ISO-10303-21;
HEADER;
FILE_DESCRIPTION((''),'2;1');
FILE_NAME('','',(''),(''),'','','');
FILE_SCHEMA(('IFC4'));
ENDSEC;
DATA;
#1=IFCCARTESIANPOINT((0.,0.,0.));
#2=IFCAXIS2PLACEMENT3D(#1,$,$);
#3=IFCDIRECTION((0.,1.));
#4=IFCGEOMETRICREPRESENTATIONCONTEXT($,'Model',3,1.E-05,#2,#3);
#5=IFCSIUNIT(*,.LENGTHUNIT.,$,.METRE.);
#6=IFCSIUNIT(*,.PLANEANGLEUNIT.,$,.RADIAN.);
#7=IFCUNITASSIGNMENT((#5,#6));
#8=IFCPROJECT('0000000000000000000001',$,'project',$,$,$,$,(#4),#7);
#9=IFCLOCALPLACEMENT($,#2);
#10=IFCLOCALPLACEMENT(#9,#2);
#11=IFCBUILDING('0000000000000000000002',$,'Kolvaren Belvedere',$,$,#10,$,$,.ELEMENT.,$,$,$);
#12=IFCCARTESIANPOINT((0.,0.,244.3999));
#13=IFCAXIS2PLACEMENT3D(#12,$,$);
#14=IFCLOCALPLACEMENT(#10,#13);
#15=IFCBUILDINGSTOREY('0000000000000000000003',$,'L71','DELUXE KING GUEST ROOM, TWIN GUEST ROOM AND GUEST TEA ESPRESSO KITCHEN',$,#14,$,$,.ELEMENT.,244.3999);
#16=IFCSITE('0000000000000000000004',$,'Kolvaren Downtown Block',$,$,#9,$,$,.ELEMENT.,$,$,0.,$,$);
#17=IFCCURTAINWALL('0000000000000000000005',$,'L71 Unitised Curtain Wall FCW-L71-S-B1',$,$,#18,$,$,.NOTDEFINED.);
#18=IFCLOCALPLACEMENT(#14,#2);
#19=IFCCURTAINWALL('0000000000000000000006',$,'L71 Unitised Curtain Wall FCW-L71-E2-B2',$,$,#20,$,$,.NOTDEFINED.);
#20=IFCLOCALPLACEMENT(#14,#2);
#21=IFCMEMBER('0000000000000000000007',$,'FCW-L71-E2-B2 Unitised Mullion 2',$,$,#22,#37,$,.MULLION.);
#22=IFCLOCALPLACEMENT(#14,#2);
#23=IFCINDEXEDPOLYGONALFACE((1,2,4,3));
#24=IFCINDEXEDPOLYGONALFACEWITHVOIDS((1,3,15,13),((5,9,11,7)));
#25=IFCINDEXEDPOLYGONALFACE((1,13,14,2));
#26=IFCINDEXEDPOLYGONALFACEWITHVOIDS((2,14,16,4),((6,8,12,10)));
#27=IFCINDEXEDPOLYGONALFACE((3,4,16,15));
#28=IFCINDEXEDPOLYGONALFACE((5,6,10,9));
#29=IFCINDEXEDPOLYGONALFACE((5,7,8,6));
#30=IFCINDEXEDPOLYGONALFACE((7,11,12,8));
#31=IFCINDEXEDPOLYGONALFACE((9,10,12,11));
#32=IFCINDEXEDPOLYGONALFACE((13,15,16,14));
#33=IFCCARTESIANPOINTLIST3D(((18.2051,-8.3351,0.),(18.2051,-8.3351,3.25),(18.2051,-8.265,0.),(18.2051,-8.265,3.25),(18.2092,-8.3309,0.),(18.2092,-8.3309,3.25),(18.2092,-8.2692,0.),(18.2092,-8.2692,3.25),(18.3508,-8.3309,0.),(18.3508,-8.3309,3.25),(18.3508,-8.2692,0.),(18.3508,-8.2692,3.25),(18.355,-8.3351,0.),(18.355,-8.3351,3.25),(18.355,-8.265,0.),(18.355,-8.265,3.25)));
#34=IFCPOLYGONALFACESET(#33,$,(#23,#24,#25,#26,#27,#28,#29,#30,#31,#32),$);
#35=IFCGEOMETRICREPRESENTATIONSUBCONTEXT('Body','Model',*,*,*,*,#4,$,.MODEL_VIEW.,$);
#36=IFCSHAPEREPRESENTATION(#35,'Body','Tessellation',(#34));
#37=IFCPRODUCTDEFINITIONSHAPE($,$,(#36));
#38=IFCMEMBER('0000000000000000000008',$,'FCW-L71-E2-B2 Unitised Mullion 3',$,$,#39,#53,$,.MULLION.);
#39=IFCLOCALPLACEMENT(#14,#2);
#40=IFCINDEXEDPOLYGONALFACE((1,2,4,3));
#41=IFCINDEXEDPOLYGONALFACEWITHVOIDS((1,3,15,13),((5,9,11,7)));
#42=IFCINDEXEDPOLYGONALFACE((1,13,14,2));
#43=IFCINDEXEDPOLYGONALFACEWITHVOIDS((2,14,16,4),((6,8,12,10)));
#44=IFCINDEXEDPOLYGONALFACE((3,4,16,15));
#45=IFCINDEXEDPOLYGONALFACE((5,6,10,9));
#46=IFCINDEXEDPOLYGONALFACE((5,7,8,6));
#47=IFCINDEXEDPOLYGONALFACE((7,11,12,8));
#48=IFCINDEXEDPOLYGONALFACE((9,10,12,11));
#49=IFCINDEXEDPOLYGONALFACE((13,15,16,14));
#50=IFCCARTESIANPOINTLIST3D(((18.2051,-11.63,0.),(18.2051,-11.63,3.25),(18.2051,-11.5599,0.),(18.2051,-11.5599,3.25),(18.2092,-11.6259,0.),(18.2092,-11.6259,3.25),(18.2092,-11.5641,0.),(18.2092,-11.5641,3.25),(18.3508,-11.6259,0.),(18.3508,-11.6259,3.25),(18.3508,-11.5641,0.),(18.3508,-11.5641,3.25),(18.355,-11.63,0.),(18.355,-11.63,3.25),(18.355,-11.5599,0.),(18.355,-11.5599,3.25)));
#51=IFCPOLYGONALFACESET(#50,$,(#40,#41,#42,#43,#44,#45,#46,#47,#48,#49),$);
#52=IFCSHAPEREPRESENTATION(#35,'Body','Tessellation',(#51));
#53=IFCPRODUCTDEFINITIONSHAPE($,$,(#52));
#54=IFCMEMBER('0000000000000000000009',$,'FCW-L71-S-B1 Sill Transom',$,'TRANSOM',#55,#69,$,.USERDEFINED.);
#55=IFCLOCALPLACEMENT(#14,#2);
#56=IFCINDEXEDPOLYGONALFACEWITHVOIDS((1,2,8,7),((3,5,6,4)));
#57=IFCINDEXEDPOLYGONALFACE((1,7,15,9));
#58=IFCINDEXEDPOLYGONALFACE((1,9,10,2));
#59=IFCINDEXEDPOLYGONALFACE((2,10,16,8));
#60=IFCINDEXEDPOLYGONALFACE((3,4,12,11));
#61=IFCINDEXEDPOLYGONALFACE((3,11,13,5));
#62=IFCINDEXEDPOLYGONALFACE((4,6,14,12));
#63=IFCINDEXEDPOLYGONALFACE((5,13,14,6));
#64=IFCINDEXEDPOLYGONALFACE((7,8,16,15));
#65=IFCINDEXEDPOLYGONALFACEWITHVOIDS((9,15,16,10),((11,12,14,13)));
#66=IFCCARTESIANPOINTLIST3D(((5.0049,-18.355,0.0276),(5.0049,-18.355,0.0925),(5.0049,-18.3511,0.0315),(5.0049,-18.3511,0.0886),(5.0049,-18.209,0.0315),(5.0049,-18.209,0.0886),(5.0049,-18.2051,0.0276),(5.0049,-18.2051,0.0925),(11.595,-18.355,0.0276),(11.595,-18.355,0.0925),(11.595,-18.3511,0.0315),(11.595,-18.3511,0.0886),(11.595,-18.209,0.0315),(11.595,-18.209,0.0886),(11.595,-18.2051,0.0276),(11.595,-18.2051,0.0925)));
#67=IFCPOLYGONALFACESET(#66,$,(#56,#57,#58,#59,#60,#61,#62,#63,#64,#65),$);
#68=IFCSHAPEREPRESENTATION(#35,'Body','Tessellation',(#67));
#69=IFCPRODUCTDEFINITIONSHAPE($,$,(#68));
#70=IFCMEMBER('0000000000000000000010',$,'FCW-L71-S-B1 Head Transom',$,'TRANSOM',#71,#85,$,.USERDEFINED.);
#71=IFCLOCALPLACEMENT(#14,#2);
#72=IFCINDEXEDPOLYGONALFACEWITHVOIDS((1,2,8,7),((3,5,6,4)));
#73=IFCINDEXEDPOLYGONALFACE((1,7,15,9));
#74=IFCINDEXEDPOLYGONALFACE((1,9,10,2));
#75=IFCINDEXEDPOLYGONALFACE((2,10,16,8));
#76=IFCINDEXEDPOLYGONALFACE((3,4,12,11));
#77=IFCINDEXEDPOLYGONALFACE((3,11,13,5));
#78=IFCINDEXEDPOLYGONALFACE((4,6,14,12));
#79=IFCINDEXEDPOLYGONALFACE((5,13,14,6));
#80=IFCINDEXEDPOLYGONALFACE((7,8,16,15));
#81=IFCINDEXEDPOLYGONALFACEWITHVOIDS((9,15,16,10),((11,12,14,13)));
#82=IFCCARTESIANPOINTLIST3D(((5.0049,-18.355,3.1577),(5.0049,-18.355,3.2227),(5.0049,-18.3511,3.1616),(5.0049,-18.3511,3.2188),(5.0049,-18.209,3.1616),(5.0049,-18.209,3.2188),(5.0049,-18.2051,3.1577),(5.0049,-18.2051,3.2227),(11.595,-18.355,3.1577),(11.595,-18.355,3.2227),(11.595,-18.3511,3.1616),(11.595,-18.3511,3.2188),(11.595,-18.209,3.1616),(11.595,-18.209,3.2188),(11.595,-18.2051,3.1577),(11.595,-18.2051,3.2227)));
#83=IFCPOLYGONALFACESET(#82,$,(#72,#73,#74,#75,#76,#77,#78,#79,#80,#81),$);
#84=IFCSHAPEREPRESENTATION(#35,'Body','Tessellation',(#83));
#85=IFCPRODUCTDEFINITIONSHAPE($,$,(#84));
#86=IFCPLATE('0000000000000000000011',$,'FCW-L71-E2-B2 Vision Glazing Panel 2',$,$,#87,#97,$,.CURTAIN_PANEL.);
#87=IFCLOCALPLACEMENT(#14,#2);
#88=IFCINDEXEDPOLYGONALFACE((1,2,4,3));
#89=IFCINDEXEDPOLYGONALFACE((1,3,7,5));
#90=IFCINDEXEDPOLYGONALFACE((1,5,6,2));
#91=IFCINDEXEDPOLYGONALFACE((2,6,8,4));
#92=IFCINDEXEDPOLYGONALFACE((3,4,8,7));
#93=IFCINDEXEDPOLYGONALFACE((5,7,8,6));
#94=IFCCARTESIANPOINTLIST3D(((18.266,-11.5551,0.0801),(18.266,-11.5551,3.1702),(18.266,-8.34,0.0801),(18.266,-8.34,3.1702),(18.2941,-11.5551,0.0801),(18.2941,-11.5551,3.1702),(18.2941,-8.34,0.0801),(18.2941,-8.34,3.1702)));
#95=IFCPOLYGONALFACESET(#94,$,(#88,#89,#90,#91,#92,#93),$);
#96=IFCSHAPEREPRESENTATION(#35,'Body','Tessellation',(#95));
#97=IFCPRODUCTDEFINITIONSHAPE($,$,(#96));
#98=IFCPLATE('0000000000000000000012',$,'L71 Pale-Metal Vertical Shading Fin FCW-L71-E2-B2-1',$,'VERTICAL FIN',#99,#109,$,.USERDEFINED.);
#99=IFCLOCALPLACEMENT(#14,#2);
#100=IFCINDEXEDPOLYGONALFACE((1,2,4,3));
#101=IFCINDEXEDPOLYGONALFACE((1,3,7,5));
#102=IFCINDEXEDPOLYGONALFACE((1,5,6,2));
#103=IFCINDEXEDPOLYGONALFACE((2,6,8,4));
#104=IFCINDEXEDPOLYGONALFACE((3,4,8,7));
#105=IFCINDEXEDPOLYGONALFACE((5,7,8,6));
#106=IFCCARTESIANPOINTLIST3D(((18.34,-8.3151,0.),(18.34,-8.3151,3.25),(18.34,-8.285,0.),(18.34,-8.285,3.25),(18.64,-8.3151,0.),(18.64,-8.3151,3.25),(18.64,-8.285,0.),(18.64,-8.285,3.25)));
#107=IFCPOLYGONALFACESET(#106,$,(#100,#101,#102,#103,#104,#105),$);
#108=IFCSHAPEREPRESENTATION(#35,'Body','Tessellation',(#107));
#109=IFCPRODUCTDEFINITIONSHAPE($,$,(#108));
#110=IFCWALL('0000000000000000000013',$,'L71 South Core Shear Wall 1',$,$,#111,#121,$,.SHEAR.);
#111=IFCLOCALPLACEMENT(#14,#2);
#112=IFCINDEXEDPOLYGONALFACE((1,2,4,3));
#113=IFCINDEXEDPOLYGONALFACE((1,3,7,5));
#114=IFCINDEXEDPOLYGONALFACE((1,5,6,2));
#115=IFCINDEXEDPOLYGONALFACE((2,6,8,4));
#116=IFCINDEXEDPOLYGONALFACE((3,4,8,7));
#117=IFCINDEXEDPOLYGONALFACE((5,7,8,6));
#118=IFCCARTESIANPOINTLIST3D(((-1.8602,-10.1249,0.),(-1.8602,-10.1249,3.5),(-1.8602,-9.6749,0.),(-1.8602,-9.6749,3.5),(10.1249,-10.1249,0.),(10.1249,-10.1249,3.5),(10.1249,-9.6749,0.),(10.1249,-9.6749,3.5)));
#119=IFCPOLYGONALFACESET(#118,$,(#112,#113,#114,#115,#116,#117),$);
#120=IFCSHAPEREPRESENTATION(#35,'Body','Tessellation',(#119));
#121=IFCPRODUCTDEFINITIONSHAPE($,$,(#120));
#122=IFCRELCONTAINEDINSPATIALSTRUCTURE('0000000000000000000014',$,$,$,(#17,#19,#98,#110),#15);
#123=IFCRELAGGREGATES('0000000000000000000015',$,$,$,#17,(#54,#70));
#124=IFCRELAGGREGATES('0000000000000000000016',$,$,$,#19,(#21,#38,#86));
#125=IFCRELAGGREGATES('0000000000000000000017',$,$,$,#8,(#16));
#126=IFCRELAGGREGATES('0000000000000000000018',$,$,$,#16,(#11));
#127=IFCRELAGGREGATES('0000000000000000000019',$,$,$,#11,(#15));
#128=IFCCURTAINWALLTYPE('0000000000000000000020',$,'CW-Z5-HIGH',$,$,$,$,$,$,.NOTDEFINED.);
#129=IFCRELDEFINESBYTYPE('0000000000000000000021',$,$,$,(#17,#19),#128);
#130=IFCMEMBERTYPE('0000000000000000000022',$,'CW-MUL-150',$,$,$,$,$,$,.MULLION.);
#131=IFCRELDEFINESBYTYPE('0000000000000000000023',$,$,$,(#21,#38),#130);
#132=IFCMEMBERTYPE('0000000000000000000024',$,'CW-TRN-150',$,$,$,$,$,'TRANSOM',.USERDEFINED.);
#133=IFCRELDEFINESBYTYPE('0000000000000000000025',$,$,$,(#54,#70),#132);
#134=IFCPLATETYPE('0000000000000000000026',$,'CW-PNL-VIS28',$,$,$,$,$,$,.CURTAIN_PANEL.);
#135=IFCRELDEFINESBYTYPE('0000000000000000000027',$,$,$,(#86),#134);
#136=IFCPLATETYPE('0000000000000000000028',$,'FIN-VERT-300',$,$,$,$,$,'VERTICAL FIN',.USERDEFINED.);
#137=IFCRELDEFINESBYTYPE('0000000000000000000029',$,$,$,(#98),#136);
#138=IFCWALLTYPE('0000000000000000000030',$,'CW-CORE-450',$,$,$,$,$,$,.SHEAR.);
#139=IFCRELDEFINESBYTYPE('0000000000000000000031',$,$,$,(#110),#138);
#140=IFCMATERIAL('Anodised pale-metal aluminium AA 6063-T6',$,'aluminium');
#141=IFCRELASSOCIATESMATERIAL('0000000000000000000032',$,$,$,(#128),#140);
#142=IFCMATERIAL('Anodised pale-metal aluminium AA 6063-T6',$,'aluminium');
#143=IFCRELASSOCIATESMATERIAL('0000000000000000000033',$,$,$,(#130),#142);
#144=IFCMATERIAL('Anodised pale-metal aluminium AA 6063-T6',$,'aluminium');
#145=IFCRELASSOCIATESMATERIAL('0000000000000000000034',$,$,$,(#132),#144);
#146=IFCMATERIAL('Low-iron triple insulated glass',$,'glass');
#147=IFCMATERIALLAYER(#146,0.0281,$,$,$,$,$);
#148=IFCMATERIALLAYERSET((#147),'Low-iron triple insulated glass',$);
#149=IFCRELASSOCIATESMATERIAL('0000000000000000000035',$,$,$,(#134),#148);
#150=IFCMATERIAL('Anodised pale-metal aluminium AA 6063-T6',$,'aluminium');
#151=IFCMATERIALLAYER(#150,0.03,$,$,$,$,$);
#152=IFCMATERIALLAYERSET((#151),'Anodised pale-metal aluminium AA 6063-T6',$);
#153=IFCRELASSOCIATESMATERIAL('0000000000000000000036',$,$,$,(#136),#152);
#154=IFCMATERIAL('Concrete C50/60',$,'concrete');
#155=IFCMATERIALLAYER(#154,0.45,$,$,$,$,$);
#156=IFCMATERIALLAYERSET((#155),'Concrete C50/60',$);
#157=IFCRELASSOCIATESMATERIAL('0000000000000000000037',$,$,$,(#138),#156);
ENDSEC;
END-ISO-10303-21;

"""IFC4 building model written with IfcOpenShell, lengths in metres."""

from ifc_helpers import new_model, si_unit, direction, frame, frame_2d, origin, origin_2d, place, context, subcontext, project, spatial, rectangle, hollow_rectangle, extrude, material, layer, layer_set, material_profile, profile_set, type_object, element, aggregate, save


model = new_model("IFC4")

# Units and contexts
model_context = context("Model", 3, precision=1e-05, world=origin(), true_north=direction((0.0, 1.0)))
body_context = subcontext(model_context, "Body", "Model", "MODEL_VIEW")
ifc_project = project(units=[si_unit("LENGTHUNIT", "METRE"), si_unit("PLANEANGLEUNIT", "RADIAN")], contexts=[model_context])

# Site, building, storey
site_placement = place(None, origin())
site = spatial("IfcSite", under=ifc_project, at=site_placement, Name="Kolvaren Downtown Block", CompositionType="ELEMENT", RefElevation=0.0)
building_placement = place(site_placement, origin())
building = spatial("IfcBuilding", under=site, at=building_placement, Name="Kolvaren Belvedere", CompositionType="ELEMENT")
storey_placement = place(building_placement, frame((0.0, 0.0, 244.3999)))
storey = spatial("IfcBuildingStorey", under=building, at=storey_placement, Name="L71", Description="DELUXE KING GUEST ROOM, TWIN GUEST ROOM AND GUEST TEA ESPRESSO KITCHEN", CompositionType="ELEMENT", Elevation=244.3999)

# Curtain wall
ifc_material_1 = material(Name="Anodised pale-metal aluminium AA 6063-T6", Category="aluminium")
curtain_wall_type = type_object("IfcCurtainWallType", Name="CW-Z5-HIGH", PredefinedType="NOTDEFINED", material=ifc_material_1)
curtain_wall_1_placement = place(storey_placement, origin())
curtain_wall_1 = element("IfcCurtainWall", 1, at=curtain_wall_1_placement, inside=storey, type_object=curtain_wall_type, Name="L71 Unitised Curtain Wall FCW-L71-S-B1", PredefinedType="NOTDEFINED")
ifc_material_2 = material(Name="Anodised pale-metal aluminium AA 6063-T6", Category="aluminium")
ifc_material_profile_1 = material_profile(ifc_material_2, hollow_rectangle(XDim=0.0701, YDim=0.1499, WallThickness=0.0042, at=origin_2d()), Name="ALU-MUL-150X70")
ifc_profile_set_1 = profile_set([ifc_material_profile_1], Name="Anodised pale-metal aluminium AA 6063-T6")
member_type_1 = type_object("IfcMemberType", Name="CW-MUL-150", PredefinedType="MULLION", material=ifc_profile_set_1)

# Curtain wall, members
curtain_wall_2_placement = place(storey_placement, origin())
curtain_wall_2 = element("IfcCurtainWall", 2, at=curtain_wall_2_placement, inside=storey, type_object=curtain_wall_type, Name="L71 Unitised Curtain Wall FCW-L71-E2-B2", PredefinedType="NOTDEFINED")
member_1_placement = place(storey_placement, frame((18.28, -8.3, 0.0), z_axis=(0.0, 0.0, 1.0), x_axis=(0.0, 1.0, 0.0)))
member_1 = element("IfcMember", 3, at=member_1_placement, type_object=member_type_1, Name="FCW-L71-E2-B2 Unitised Mullion 2", PredefinedType="MULLION", context=body_context, shape_type="SweptSolid", body=[
    extrude(hollow_rectangle(XDim=0.0701, YDim=0.1499, WallThickness=0.0042, at=origin_2d()), origin(), (0.0, 0.0, 1.0), 3.25),
])
member_2_placement = place(storey_placement, frame((18.28, -11.595, 0.0), z_axis=(0.0, 0.0, 1.0), x_axis=(0.0, 1.0, 0.0)))
member_2 = element("IfcMember", 4, at=member_2_placement, type_object=member_type_1, Name="FCW-L71-E2-B2 Unitised Mullion 3", PredefinedType="MULLION", context=body_context, shape_type="SweptSolid", body=[
    extrude(hollow_rectangle(XDim=0.0701, YDim=0.1499, WallThickness=0.0042, at=origin_2d()), origin(), (0.0, 0.0, 1.0), 3.25),
])

# Members
ifc_material_3 = material(Name="Anodised pale-metal aluminium AA 6063-T6", Category="aluminium")
ifc_material_profile_2 = material_profile(ifc_material_3, hollow_rectangle(XDim=0.0649, YDim=0.1499, WallThickness=0.0039, at=origin_2d()), Name="ALU-TRN-150X65")
ifc_profile_set_2 = profile_set([ifc_material_profile_2], Name="Anodised pale-metal aluminium AA 6063-T6")
member_type_2 = type_object("IfcMemberType", Name="CW-TRN-150", ElementType="TRANSOM", PredefinedType="USERDEFINED", material=ifc_profile_set_2)
member_3_placement = place(storey_placement, frame((11.595, -18.28, 0.0601), z_axis=(-1.0, 0.0, 0.0), x_axis=(0.0, 0.0, 1.0)))
member_3 = element("IfcMember", 5, at=member_3_placement, type_object=member_type_2, Name="FCW-L71-S-B1 Sill Transom", ObjectType="TRANSOM", PredefinedType="USERDEFINED", context=body_context, shape_type="SweptSolid", body=[
    extrude(hollow_rectangle(XDim=0.0649, YDim=0.1499, WallThickness=0.0039, at=origin_2d()), origin(), (0.0, 0.0, 1.0), 6.5901),
])
member_4_placement = place(storey_placement, frame((11.595, -18.28, 3.1902), z_axis=(-1.0, 0.0, 0.0), x_axis=(0.0, 0.0, 1.0)))
member_4 = element("IfcMember", 6, at=member_4_placement, type_object=member_type_2, Name="FCW-L71-S-B1 Head Transom", ObjectType="TRANSOM", PredefinedType="USERDEFINED", context=body_context, shape_type="SweptSolid", body=[
    extrude(hollow_rectangle(XDim=0.0649, YDim=0.1499, WallThickness=0.0039, at=origin_2d()), origin(), (0.0, 0.0, 1.0), 6.5901),
])
aggregate(curtain_wall_1, [member_3, member_4])

# Plates
ifc_material_4 = material(Name="Low-iron triple insulated glass", Category="glass")
ifc_layer_1 = layer(ifc_material_4, 0.0281)
ifc_layer_set_1 = layer_set([ifc_layer_1], Name="Low-iron triple insulated glass")
plate_type_1 = type_object("IfcPlateType", Name="CW-PNL-VIS28", PredefinedType="CURTAIN_PANEL", material=ifc_layer_set_1)
plate_1_placement = place(storey_placement, frame((18.28, -9.9475, 0.0801), z_axis=(0.0, 0.0, 1.0), x_axis=(0.0, -1.0, 0.0)))
plate_1 = element("IfcPlate", 7, at=plate_1_placement, type_object=plate_type_1, Name="FCW-L71-E2-B2 Vision Glazing Panel 2", PredefinedType="CURTAIN_PANEL", context=body_context, shape_type="SweptSolid", body=[
    extrude(rectangle(XDim=3.2151, YDim=0.0281, at=origin_2d()), origin(), (0.0, 0.0, 1.0), 3.0901),
])
aggregate(curtain_wall_2, [member_1, member_2, plate_1])
ifc_material_5 = material(Name="Anodised pale-metal aluminium AA 6063-T6", Category="aluminium")
ifc_layer_2 = layer(ifc_material_5, 0.03)
ifc_layer_set_2 = layer_set([ifc_layer_2], Name="Anodised pale-metal aluminium AA 6063-T6")
plate_type_2 = type_object("IfcPlateType", Name="FIN-VERT-300", ElementType="VERTICAL FIN", PredefinedType="USERDEFINED", material=ifc_layer_set_2)
plate_2_placement = place(storey_placement, frame((18.49, -8.3, 0.0), z_axis=(0.0, 0.0, 1.0), x_axis=(1.0, 0.0, 0.0)))
element("IfcPlate", 8, at=plate_2_placement, inside=storey, type_object=plate_type_2, Name="L71 Pale-Metal Vertical Shading Fin FCW-L71-E2-B2-1", ObjectType="VERTICAL FIN", PredefinedType="USERDEFINED", context=body_context, shape_type="SweptSolid", body=[
    extrude(rectangle(XDim=0.3, YDim=0.03, at=origin_2d()), origin(), (0.0, 0.0, 1.0), 3.25),
])

# Wall
ifc_material_6 = material(Name="Concrete C50/60", Category="concrete")
ifc_layer_3 = layer(ifc_material_6, 0.45)
ifc_layer_set_3 = layer_set([ifc_layer_3], Name="Concrete C50/60")
wall_type_1 = type_object("IfcWallType", Name="CW-CORE-450", PredefinedType="SHEAR", material=ifc_layer_set_3)
wall_1_placement = place(storey_placement, frame((10.125, -9.8999, 0.0), z_axis=(0.0, 0.0, 1.0), x_axis=(-1.0, 0.0, 0.0)))
element("IfcWall", 9, at=wall_1_placement, inside=storey, type_object=wall_type_1, Name="L71 South Core Shear Wall 1", PredefinedType="SHEAR", context=body_context, shape_type="SweptSolid", body=[
    extrude(rectangle(XDim=11.9851, YDim=0.45, at=frame_2d((5.9927, 0.0))), origin(), (0.0, 0.0, 1.0), 3.5),
])

save(model, "model.ifc")
